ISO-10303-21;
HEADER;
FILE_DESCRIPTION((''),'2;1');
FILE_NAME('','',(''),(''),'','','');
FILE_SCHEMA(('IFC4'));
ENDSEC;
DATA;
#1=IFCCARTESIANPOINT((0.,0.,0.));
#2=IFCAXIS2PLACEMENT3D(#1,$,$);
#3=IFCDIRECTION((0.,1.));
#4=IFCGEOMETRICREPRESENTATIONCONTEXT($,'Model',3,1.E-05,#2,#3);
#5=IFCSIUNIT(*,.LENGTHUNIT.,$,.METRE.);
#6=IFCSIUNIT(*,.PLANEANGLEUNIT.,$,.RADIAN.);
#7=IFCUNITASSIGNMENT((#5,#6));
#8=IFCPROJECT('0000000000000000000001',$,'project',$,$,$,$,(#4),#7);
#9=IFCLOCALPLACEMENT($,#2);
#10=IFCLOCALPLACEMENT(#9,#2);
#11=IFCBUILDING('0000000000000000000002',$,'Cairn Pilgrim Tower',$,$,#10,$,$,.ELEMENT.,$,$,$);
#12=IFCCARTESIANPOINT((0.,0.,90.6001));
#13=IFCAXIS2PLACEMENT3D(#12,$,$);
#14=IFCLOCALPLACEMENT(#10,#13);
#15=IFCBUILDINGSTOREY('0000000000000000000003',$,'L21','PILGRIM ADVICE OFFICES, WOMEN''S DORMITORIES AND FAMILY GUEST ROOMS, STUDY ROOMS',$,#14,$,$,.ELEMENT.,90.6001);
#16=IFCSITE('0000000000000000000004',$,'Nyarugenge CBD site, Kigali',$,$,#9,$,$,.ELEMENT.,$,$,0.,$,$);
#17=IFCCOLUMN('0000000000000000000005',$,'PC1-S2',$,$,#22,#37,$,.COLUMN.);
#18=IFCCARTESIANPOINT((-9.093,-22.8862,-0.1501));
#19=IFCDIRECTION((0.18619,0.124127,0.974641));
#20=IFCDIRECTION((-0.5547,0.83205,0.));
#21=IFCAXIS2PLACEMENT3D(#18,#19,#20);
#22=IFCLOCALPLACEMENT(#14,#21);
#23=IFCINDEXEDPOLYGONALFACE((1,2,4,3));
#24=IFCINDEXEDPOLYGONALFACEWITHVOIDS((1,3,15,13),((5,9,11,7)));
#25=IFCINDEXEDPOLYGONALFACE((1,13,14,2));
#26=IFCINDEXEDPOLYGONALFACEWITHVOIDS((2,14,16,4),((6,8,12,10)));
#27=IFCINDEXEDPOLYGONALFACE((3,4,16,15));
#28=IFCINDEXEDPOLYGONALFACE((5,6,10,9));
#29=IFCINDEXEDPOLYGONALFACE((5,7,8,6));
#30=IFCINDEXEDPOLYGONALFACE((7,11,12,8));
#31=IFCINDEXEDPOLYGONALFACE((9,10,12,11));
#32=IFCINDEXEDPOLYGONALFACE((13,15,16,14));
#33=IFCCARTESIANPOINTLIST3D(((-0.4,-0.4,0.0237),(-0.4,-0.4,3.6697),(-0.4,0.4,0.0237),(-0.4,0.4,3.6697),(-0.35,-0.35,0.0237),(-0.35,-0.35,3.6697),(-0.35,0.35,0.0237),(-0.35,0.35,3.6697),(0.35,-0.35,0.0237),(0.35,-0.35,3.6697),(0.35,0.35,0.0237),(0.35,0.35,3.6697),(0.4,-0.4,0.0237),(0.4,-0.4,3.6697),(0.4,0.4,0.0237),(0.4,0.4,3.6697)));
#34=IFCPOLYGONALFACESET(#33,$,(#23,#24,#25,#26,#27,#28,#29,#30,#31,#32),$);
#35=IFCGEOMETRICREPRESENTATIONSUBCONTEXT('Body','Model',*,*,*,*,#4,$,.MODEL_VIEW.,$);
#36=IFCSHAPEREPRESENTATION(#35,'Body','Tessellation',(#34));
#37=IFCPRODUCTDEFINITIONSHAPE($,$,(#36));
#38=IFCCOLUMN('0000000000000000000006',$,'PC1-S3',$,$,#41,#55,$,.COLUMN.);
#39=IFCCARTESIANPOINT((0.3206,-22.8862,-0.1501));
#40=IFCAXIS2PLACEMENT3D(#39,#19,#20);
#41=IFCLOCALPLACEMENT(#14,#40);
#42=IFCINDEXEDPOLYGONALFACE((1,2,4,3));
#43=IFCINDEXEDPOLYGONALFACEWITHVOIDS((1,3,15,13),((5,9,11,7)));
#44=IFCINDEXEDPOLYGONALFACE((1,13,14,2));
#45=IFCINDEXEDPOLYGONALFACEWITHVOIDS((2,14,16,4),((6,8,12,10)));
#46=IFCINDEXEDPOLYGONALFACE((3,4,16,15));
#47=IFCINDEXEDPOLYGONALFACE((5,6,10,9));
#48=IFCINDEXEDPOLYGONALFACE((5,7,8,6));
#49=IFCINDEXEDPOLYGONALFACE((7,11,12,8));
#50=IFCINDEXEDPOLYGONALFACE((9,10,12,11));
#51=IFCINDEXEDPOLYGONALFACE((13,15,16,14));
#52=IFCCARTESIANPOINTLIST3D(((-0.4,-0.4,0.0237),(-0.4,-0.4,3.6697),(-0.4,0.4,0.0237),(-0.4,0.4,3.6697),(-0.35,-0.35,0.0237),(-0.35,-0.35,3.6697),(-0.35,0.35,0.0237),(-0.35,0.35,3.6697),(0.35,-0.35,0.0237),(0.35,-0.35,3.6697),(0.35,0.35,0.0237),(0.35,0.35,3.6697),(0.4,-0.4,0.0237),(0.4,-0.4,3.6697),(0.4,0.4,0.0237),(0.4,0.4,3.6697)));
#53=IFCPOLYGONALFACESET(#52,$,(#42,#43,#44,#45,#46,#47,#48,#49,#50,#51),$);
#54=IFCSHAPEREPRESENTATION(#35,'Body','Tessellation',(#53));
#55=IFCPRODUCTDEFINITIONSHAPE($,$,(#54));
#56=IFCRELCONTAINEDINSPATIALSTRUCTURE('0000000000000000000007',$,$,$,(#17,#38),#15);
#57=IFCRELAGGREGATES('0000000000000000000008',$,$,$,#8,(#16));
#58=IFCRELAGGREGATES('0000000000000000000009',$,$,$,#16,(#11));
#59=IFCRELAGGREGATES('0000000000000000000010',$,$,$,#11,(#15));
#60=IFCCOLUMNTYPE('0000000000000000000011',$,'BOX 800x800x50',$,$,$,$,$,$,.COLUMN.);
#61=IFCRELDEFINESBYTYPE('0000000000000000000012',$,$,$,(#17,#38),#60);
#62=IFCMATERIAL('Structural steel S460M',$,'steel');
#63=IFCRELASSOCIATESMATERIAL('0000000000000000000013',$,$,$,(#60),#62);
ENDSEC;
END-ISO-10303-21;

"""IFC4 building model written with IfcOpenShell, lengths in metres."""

from ifc_helpers import new_model, si_unit, direction, frame, origin, origin_2d, place, context, subcontext, project, spatial, hollow_rectangle, extrude, clip, halfspace, material, material_profile, profile_set, type_object, element, save


model = new_model("IFC4")

# Units and contexts
model_context = context("Model", 3, precision=1e-05, world=origin(), true_north=direction((0.0, 1.0)))
body_context = subcontext(model_context, "Body", "Model", "MODEL_VIEW")
ifc_project = project(units=[si_unit("LENGTHUNIT", "METRE"), si_unit("PLANEANGLEUNIT", "RADIAN")], contexts=[model_context])

# Site, building, storey
site_placement = place(None, origin())
site = spatial("IfcSite", under=ifc_project, at=site_placement, Name="Nyarugenge CBD site, Kigali", CompositionType="ELEMENT", RefElevation=0.0)
building_placement = place(site_placement, origin())
building = spatial("IfcBuilding", under=site, at=building_placement, Name="Cairn Pilgrim Tower", CompositionType="ELEMENT")
storey_placement = place(building_placement, frame((0.0, 0.0, 90.6001)))
storey = spatial("IfcBuildingStorey", under=building, at=storey_placement, Name="L21", Description="PILGRIM ADVICE OFFICES, WOMEN'S DORMITORIES AND FAMILY GUEST ROOMS, STUDY ROOMS", CompositionType="ELEMENT", Elevation=90.6001)

# Columns
ifc_material_1 = material(Name="Structural steel S460M", Category="steel")
ifc_material_profile_1 = material_profile(ifc_material_1, hollow_rectangle(XDim=0.8, YDim=0.8, WallThickness=0.05, at=origin_2d()), Name="BOX 800x800x50")
ifc_profile_set_1 = profile_set([ifc_material_profile_1], Name="Structural steel S460M")
column_type = type_object("IfcColumnType", Name="BOX 800x800x50", PredefinedType="COLUMN", material=ifc_profile_set_1)
for number, where, z_axis, x_axis, name in (
    (1, (-9.093, -22.8862, -0.1501), (0.18619, 0.124127, 0.974641), (-0.5547, 0.83205, 0.0), "PC1-S2"),
    (2, (0.3206, -22.8862, -0.1501), (0.18619, 0.124127, 0.974641), (-0.5547, 0.83205, 0.0), "PC1-S3"),
):
    element("IfcColumn", number, at=place(storey_placement, frame(where, z_axis=z_axis, x_axis=x_axis)), inside=storey, type_object=column_type, Name=name, PredefinedType="COLUMN", context=body_context, shape_type="Clipping", body=[
        clip(clip(extrude(hollow_rectangle(XDim=0.8, YDim=0.8, WallThickness=0.05, at=origin_2d()), origin(), (0.0, 0.0, 1.0), 3.6938), halfspace(frame((0.0, 0.0, 0.0237), z_axis=(0.0, 0.0, 1.0), x_axis=(1.0, 0.0, 0.0)), True)), halfspace(frame((0.0, 0.0, 3.6697), z_axis=(0.0, 0.0, 1.0), x_axis=(1.0, 0.0, 0.0)), False)),
    ])

save(model, "model.ifc")
